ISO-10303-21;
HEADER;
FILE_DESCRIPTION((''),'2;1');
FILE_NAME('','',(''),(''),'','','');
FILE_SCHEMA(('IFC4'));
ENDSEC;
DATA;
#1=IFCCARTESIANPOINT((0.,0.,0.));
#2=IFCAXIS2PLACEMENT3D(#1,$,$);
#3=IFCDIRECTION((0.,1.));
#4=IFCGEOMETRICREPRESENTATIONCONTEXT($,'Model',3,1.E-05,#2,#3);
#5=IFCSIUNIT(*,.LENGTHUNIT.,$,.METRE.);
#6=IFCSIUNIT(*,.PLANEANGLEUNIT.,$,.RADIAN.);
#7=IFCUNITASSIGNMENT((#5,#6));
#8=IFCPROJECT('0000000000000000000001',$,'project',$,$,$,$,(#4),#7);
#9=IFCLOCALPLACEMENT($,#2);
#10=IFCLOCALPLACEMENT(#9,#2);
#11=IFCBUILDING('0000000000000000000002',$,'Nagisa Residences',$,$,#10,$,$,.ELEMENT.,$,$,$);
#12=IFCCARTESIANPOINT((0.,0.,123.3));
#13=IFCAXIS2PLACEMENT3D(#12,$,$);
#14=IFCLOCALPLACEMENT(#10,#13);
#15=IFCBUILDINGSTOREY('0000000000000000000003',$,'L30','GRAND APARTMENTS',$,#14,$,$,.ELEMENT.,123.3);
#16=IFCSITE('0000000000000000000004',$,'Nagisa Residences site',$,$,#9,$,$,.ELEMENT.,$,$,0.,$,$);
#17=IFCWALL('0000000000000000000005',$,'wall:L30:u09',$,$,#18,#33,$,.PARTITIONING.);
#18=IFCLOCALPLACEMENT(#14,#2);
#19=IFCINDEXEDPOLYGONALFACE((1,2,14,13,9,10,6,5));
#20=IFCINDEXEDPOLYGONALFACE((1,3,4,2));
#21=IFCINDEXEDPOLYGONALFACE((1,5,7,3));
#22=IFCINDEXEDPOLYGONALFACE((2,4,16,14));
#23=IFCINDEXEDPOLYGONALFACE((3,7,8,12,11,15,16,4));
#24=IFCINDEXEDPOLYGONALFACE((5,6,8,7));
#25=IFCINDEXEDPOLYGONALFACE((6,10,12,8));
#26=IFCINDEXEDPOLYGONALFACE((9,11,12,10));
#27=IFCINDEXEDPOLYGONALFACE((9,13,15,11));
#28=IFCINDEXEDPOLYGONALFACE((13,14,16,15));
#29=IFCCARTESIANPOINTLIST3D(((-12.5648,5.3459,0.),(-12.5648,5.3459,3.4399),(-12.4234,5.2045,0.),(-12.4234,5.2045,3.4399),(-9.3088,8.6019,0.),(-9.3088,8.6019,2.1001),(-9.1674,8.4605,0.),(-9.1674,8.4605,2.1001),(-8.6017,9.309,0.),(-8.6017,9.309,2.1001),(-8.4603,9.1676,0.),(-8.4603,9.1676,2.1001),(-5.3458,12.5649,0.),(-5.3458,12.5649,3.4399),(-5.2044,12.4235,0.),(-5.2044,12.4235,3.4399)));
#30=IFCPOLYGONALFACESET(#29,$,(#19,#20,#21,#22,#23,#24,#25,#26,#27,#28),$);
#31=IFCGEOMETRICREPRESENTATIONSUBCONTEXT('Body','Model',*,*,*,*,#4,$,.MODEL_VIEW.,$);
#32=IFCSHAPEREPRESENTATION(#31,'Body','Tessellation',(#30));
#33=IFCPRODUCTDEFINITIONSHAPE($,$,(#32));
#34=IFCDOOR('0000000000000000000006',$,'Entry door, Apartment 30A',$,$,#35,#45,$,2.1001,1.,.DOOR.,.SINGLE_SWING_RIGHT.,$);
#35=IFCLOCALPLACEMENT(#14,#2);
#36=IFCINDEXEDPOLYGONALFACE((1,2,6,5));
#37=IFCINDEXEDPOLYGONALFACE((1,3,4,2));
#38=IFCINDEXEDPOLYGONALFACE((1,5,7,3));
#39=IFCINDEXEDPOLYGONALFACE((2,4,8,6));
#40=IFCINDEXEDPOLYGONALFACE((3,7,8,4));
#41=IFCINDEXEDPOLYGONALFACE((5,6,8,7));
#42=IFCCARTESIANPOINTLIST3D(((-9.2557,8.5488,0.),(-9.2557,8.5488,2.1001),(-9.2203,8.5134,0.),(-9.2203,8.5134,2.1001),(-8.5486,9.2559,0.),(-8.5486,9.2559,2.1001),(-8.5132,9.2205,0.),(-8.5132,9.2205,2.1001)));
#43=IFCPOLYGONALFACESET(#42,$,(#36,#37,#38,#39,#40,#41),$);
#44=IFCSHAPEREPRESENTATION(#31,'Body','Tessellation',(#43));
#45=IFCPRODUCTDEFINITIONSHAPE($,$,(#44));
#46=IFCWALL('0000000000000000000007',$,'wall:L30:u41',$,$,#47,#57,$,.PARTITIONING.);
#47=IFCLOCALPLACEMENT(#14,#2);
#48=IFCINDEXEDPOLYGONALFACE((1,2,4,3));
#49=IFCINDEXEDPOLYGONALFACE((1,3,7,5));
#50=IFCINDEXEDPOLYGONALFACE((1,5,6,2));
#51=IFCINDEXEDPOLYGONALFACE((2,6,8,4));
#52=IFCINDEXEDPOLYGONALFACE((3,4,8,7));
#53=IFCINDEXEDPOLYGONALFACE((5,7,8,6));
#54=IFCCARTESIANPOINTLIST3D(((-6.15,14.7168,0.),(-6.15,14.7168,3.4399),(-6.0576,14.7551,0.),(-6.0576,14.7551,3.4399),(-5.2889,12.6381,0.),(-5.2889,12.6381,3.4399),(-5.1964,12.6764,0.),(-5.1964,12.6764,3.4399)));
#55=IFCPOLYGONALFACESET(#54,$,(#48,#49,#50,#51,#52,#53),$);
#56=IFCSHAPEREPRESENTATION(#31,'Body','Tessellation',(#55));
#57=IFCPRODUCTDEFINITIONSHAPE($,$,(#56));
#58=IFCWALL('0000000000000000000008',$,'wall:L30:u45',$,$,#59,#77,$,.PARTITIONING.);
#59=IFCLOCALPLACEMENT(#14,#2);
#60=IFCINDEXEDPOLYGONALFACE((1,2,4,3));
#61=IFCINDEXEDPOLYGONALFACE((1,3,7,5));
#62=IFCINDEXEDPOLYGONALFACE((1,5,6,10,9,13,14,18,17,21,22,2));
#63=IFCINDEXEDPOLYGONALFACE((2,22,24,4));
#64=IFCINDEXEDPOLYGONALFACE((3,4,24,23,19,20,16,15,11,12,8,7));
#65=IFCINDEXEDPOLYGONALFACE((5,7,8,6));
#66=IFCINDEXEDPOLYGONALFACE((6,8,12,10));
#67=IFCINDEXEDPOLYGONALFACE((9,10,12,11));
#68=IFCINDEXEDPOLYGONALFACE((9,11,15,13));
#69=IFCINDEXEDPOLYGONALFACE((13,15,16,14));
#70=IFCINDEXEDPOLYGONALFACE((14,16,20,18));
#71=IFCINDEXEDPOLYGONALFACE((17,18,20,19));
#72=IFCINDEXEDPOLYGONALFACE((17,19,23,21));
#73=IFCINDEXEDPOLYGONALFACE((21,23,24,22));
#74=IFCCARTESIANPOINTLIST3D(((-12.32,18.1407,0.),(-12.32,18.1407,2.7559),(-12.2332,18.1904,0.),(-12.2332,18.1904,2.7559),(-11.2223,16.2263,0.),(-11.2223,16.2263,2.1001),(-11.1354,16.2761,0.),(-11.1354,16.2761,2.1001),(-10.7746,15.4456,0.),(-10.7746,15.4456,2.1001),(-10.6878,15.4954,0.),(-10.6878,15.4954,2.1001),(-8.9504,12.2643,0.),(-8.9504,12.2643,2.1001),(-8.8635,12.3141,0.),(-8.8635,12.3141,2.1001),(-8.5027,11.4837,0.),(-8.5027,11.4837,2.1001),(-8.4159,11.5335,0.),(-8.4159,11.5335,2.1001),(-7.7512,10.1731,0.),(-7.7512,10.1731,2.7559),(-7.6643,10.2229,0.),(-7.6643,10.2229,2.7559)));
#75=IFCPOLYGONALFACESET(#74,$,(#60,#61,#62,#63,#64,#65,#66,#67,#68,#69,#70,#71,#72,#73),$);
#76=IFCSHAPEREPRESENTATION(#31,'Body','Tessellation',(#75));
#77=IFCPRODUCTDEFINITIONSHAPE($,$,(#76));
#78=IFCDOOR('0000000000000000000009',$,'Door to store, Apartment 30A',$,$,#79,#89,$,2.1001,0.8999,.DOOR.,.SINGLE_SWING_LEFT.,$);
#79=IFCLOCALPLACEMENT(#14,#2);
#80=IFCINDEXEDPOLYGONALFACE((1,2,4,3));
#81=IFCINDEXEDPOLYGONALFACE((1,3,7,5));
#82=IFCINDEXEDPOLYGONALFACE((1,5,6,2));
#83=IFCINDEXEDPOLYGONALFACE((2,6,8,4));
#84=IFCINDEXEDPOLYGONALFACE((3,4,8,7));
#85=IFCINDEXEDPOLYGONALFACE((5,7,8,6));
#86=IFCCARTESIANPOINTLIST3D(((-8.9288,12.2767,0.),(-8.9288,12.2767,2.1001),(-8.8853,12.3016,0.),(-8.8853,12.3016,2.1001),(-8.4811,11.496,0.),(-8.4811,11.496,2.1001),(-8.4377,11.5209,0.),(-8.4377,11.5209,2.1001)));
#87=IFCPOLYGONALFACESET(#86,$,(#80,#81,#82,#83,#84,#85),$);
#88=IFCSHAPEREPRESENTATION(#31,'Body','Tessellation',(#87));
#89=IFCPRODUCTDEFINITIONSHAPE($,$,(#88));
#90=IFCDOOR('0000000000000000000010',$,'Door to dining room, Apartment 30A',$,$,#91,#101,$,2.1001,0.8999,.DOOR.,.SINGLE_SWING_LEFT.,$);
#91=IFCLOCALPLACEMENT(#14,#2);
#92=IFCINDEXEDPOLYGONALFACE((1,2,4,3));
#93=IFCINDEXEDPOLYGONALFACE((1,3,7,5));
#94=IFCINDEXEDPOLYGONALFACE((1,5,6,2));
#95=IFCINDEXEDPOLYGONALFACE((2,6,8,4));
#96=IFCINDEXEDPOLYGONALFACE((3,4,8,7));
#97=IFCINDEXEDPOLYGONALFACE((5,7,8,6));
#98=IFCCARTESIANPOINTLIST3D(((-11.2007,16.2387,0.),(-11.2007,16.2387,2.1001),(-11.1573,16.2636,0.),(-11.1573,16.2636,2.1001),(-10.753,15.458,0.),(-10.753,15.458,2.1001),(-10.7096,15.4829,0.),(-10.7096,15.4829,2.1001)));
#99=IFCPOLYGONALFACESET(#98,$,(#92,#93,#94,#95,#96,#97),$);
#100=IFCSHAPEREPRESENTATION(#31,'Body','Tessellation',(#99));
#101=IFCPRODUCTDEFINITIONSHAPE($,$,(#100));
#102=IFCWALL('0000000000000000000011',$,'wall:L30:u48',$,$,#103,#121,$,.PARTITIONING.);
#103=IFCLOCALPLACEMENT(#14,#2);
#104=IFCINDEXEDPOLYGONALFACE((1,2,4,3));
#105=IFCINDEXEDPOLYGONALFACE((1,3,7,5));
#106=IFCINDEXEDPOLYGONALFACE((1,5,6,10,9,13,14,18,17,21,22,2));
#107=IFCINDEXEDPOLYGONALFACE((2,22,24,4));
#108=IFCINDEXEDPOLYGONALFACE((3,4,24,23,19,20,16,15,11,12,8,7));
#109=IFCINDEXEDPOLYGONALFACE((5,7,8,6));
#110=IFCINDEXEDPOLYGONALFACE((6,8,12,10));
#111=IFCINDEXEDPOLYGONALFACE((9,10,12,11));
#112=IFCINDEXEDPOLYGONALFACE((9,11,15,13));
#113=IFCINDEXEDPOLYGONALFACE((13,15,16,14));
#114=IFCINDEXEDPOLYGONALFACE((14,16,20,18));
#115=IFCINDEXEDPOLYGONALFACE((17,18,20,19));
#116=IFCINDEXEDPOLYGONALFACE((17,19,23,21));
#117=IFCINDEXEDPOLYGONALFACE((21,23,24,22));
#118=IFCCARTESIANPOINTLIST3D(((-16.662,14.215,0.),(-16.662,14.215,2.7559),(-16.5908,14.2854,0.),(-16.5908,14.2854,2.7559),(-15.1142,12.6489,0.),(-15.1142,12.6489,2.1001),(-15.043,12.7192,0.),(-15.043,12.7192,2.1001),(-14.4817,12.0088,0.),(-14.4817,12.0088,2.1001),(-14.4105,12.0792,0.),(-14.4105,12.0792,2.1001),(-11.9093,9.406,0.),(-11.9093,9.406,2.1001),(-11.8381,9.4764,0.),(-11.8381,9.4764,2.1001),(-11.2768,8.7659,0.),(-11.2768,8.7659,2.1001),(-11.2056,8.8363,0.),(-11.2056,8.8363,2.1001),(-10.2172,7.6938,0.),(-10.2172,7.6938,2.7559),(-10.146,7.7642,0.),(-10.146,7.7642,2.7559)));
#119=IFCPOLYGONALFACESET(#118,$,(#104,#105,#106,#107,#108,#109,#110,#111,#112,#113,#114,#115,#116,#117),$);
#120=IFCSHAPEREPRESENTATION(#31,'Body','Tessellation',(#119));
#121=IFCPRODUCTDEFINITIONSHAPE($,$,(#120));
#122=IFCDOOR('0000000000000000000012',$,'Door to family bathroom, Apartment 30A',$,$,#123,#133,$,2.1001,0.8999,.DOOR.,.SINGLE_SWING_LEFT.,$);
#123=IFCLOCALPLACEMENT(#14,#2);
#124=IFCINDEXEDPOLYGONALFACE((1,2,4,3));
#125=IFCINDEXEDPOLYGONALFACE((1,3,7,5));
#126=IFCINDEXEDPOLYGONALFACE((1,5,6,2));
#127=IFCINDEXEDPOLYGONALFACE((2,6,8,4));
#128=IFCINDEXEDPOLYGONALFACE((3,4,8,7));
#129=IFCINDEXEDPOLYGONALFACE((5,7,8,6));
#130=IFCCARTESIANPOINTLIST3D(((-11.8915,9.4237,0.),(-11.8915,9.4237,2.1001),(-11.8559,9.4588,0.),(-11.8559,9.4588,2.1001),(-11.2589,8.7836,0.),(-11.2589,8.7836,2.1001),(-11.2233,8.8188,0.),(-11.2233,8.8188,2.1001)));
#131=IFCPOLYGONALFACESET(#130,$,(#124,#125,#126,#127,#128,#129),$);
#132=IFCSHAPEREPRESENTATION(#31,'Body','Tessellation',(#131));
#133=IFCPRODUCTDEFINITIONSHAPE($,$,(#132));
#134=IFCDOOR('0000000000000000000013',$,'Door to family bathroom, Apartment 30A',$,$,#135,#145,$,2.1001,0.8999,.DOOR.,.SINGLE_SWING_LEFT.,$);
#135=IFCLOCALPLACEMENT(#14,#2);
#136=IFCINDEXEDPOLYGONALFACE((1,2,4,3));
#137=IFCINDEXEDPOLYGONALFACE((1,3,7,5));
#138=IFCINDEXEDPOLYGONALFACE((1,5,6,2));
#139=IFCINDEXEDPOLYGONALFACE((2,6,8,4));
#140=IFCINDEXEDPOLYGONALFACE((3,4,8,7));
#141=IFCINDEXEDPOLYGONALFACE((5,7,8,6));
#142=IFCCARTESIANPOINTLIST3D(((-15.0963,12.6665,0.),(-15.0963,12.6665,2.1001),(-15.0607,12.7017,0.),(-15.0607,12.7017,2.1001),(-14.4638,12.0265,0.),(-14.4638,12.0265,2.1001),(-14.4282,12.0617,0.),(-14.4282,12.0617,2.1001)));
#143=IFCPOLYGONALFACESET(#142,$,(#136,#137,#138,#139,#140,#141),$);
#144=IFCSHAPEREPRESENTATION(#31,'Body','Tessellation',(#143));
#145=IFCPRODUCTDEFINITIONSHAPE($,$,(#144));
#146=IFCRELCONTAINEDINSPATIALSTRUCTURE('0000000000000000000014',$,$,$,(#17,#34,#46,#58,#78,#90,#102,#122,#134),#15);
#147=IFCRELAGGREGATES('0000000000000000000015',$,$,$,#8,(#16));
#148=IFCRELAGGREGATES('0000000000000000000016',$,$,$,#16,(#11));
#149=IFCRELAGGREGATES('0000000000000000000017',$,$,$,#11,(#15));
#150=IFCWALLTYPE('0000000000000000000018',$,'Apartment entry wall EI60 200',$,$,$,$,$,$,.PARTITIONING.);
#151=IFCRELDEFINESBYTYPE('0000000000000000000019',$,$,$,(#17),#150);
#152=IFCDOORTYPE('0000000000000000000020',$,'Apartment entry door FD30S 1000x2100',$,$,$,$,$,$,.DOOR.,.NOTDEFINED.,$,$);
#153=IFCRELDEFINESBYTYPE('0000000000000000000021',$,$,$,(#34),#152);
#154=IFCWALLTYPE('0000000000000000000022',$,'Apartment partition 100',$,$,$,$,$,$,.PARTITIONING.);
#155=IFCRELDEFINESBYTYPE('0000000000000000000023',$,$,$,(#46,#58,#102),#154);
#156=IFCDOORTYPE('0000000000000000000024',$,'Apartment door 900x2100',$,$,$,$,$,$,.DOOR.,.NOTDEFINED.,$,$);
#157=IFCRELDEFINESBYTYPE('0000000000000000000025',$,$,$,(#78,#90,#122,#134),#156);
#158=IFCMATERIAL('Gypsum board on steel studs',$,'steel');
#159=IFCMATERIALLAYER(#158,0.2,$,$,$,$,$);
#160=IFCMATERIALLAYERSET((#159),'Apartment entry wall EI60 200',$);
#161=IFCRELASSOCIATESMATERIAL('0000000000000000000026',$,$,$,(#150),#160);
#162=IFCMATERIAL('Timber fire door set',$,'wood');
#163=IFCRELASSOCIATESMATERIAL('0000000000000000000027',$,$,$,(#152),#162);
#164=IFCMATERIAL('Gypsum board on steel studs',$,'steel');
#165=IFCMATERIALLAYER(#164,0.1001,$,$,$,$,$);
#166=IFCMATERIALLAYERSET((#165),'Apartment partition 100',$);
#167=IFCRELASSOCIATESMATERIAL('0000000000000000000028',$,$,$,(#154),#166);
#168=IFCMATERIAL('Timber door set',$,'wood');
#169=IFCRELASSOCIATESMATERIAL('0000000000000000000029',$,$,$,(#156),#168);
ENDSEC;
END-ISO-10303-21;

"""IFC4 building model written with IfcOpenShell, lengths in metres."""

from ifc_helpers import new_model, si_unit, direction, frame, frame_2d, origin, place, context, subcontext, project, spatial, rectangle, extrude, material, layer, layer_set, type_object, element, fill, save


model = new_model("IFC4")

# Units and contexts
model_context = context("Model", 3, precision=1e-05, world=origin(), true_north=direction((0.0, 1.0)))
body_context = subcontext(model_context, "Body", "Model", "MODEL_VIEW")
ifc_project = project(units=[si_unit("LENGTHUNIT", "METRE"), si_unit("PLANEANGLEUNIT", "RADIAN")], contexts=[model_context])

# Site, building, storey
site_placement = place(None, origin())
site = spatial("IfcSite", under=ifc_project, at=site_placement, Name="Nagisa Residences site", CompositionType="ELEMENT", RefElevation=0.0)
building_placement = place(site_placement, origin())
building = spatial("IfcBuilding", under=site, at=building_placement, Name="Nagisa Residences", CompositionType="ELEMENT")
storey_placement = place(building_placement, frame((0.0, 0.0, 123.3)))
storey = spatial("IfcBuildingStorey", under=building, at=storey_placement, Name="L30", Description="GRAND APARTMENTS", CompositionType="ELEMENT", Elevation=123.3)

# Wall, opening, door
ifc_material_1 = material(Name="Gypsum board on steel studs", Category="steel")
ifc_layer_1 = layer(ifc_material_1, 0.2)
ifc_layer_set_1 = layer_set([ifc_layer_1], Name="Apartment entry wall EI60 200")
wall_type_1 = type_object("IfcWallType", Name="Apartment entry wall EI60 200", PredefinedType="PARTITIONING", material=ifc_layer_set_1)
wall_1_placement = place(storey_placement, frame((-5.2751, 12.4941, 0.0), z_axis=(0.0, 0.0, 1.0), x_axis=(-0.707107, -0.707107, 0.0)))
wall_1 = element("IfcWall", 1, at=wall_1_placement, inside=storey, type_object=wall_type_1, Name="wall:L30:u09", PredefinedType="PARTITIONING", context=body_context, shape_type="SweptSolid", body=[
    extrude(rectangle(XDim=10.2092, YDim=0.2, at=frame_2d((5.1045, 0.0))), origin(), (0.0, 0.0, 1.0), 3.4399),
])
opening_1_placement = place(wall_1_placement, frame((4.6045, 0.0, 0.0)))
opening_1 = element("IfcOpeningElement", 2, at=opening_1_placement, cuts=wall_1, PredefinedType="OPENING", context=body_context, shape_type="SweptSolid", body=[
    extrude(rectangle(XDim=1.0, YDim=2.1001, at=frame_2d((0.5, 1.05))), frame((0.0, 0.1099, 0.0), z_axis=(0.0, -1.0, 0.0), x_axis=(1.0, 0.0, 0.0)), (0.0, 0.0, 1.0), 0.22),
])
ifc_material_2 = material(Name="Timber fire door set", Category="wood")
door_type_1 = type_object("IfcDoorType", Name="Apartment entry door FD30S 1000x2100", OperationType="NOTDEFINED", PredefinedType="DOOR", material=ifc_material_2)
door_1_placement = place(opening_1_placement, frame((1.0, 0.0, 0.0), x_axis=(-1.0, 0.0, 0.0)))
door_1 = element("IfcDoor", 3, at=door_1_placement, inside=storey, type_object=door_type_1, Name="Entry door, Apartment 30A", OperationType="SINGLE_SWING_RIGHT", OverallHeight=2.1001, OverallWidth=1.0, PredefinedType="DOOR", context=body_context, shape_type="SweptSolid", body=[
    extrude(rectangle(XDim=1.0, YDim=2.1001, at=frame_2d((0.5, 1.05))), frame((0.0, 0.0249, 0.0), z_axis=(0.0, -1.0, 0.0), x_axis=(1.0, 0.0, 0.0)), (0.0, 0.0, 1.0), 0.05),
])
fill(opening_1, door_1)

# Wall
ifc_material_3 = material(Name="Gypsum board on steel studs", Category="steel")
ifc_layer_2 = layer(ifc_material_3, 0.1001)
ifc_layer_set_2 = layer_set([ifc_layer_2], Name="Apartment partition 100")
wall_type_2 = type_object("IfcWallType", Name="Apartment partition 100", PredefinedType="PARTITIONING", material=ifc_layer_set_2)
wall_2_placement = place(storey_placement, frame((-5.2427, 12.6572, 0.0), z_axis=(0.0, 0.0, 1.0), x_axis=(-0.382719, 0.923865, 0.0)))
element("IfcWall", 4, at=wall_2_placement, inside=storey, type_object=wall_type_2, Name="wall:L30:u41", PredefinedType="PARTITIONING", context=body_context, shape_type="SweptSolid", body=[
    extrude(rectangle(XDim=2.25, YDim=0.1001, at=frame_2d((1.125, 0.0))), origin(), (0.0, 0.0, 1.0), 3.4399),
])

# Walls, openings, doors
wall_3_placement = place(storey_placement, frame((-7.7078, 10.198, 0.0), z_axis=(0.0, 0.0, 1.0), x_axis=(-0.497449, 0.867493, 0.0)))
wall_3 = element("IfcWall", 5, at=wall_3_placement, inside=storey, type_object=wall_type_2, Name="wall:L30:u45", PredefinedType="PARTITIONING", context=body_context, shape_type="SweptSolid", body=[
    extrude(rectangle(XDim=9.1846, YDim=0.1001, at=frame_2d((4.5923, 0.0))), origin(), (0.0, 0.0, 1.0), 2.7559),
])
opening_2_placement = place(wall_3_placement, frame((1.5107, 0.0, 0.0)))
opening_2 = element("IfcOpeningElement", 6, at=opening_2_placement, cuts=wall_3, PredefinedType="OPENING", context=body_context, shape_type="SweptSolid", body=[
    extrude(rectangle(XDim=0.8999, YDim=2.1001, at=frame_2d((0.45, 1.05))), frame((0.0, 0.0601, 0.0), z_axis=(0.0, -1.0, 0.0), x_axis=(1.0, 0.0, 0.0)), (0.0, 0.0, 1.0), 0.1201),
])
opening_3_placement = place(wall_3_placement, frame((6.0779, 0.0, 0.0)))
opening_3 = element("IfcOpeningElement", 7, at=opening_3_placement, cuts=wall_3, PredefinedType="OPENING", context=body_context, shape_type="SweptSolid", body=[
    extrude(rectangle(XDim=0.8999, YDim=2.1001, at=frame_2d((0.45, 1.05))), frame((0.0, 0.0601, 0.0), z_axis=(0.0, -1.0, 0.0), x_axis=(1.0, 0.0, 0.0)), (0.0, 0.0, 1.0), 0.1201),
])
ifc_material_4 = material(Name="Timber door set", Category="wood")
door_type_2 = type_object("IfcDoorType", Name="Apartment door 900x2100", OperationType="NOTDEFINED", PredefinedType="DOOR", material=ifc_material_4)
door_2_placement = place(opening_2_placement, frame((0.8999, 0.0, 0.0), x_axis=(-1.0, 0.0, 0.0)))
door_2 = element("IfcDoor", 8, at=door_2_placement, inside=storey, type_object=door_type_2, Name="Door to store, Apartment 30A", OperationType="SINGLE_SWING_LEFT", OverallHeight=2.1001, OverallWidth=0.8999, PredefinedType="DOOR", context=body_context, shape_type="SweptSolid", body=[
    extrude(rectangle(XDim=0.8999, YDim=2.1001, at=frame_2d((0.45, 1.05))), frame((0.0, 0.0249, 0.0), z_axis=(0.0, -1.0, 0.0), x_axis=(1.0, 0.0, 0.0)), (0.0, 0.0, 1.0), 0.05),
])
fill(opening_2, door_2)
door_3_placement = place(opening_3_placement, frame((0.8999, 0.0, 0.0), x_axis=(-1.0, 0.0, 0.0)))
door_3 = element("IfcDoor", 9, at=door_3_placement, inside=storey, type_object=door_type_2, Name="Door to dining room, Apartment 30A", OperationType="SINGLE_SWING_LEFT", OverallHeight=2.1001, OverallWidth=0.8999, PredefinedType="DOOR", context=body_context, shape_type="SweptSolid", body=[
    extrude(rectangle(XDim=0.8999, YDim=2.1001, at=frame_2d((0.45, 1.05))), frame((0.0, 0.0249, 0.0), z_axis=(0.0, -1.0, 0.0), x_axis=(1.0, 0.0, 0.0)), (0.0, 0.0, 1.0), 0.05),
])
fill(opening_3, door_3)
wall_4_placement = place(storey_placement, frame((-10.1816, 7.729, 0.0), z_axis=(0.0, 0.0, 1.0), x_axis=(-0.702927, 0.711262, 0.0)))
wall_4 = element("IfcWall", 10, at=wall_4_placement, inside=storey, type_object=wall_type_2, Name="wall:L30:u48", PredefinedType="PARTITIONING", context=body_context, shape_type="SweptSolid", body=[
    extrude(rectangle(XDim=9.1685, YDim=0.1001, at=frame_2d((4.5842, 0.0))), origin(), (0.0, 0.0, 1.0), 2.7559),
])
opening_4_placement = place(wall_4_placement, frame((1.5073, 0.0, 0.0)))
opening_4 = element("IfcOpeningElement", 11, at=opening_4_placement, cuts=wall_4, PredefinedType="OPENING", context=body_context, shape_type="SweptSolid", body=[
    extrude(rectangle(XDim=0.8999, YDim=2.1001, at=frame_2d((0.45, 1.05))), frame((0.0, 0.0601, 0.0), z_axis=(0.0, -1.0, 0.0), x_axis=(1.0, 0.0, 0.0)), (0.0, 0.0, 1.0), 0.1201),
])
opening_5_placement = place(wall_4_placement, frame((6.0667, 0.0, 0.0)))
opening_5 = element("IfcOpeningElement", 12, at=opening_5_placement, cuts=wall_4, PredefinedType="OPENING", context=body_context, shape_type="SweptSolid", body=[
    extrude(rectangle(XDim=0.8999, YDim=2.1001, at=frame_2d((0.45, 1.05))), frame((0.0, 0.0601, 0.0), z_axis=(0.0, -1.0, 0.0), x_axis=(1.0, 0.0, 0.0)), (0.0, 0.0, 1.0), 0.1201),
])
door_4_placement = place(opening_4_placement, origin())
door_4 = element("IfcDoor", 13, at=door_4_placement, inside=storey, type_object=door_type_2, Name="Door to family bathroom, Apartment 30A", OperationType="SINGLE_SWING_LEFT", OverallHeight=2.1001, OverallWidth=0.8999, PredefinedType="DOOR", context=body_context, shape_type="SweptSolid", body=[
    extrude(rectangle(XDim=0.8999, YDim=2.1001, at=frame_2d((0.45, 1.05))), frame((0.0, 0.0249, 0.0), z_axis=(0.0, -1.0, 0.0), x_axis=(1.0, 0.0, 0.0)), (0.0, 0.0, 1.0), 0.05),
])
fill(opening_4, door_4)
door_5_placement = place(opening_5_placement, origin())
door_5 = element("IfcDoor", 14, at=door_5_placement, inside=storey, type_object=door_type_2, Name="Door to family bathroom, Apartment 30A", OperationType="SINGLE_SWING_LEFT", OverallHeight=2.1001, OverallWidth=0.8999, PredefinedType="DOOR", context=body_context, shape_type="SweptSolid", body=[
    extrude(rectangle(XDim=0.8999, YDim=2.1001, at=frame_2d((0.45, 1.05))), frame((0.0, 0.0249, 0.0), z_axis=(0.0, -1.0, 0.0), x_axis=(1.0, 0.0, 0.0)), (0.0, 0.0, 1.0), 0.05),
])
fill(opening_5, door_5)

save(model, "model.ifc")
